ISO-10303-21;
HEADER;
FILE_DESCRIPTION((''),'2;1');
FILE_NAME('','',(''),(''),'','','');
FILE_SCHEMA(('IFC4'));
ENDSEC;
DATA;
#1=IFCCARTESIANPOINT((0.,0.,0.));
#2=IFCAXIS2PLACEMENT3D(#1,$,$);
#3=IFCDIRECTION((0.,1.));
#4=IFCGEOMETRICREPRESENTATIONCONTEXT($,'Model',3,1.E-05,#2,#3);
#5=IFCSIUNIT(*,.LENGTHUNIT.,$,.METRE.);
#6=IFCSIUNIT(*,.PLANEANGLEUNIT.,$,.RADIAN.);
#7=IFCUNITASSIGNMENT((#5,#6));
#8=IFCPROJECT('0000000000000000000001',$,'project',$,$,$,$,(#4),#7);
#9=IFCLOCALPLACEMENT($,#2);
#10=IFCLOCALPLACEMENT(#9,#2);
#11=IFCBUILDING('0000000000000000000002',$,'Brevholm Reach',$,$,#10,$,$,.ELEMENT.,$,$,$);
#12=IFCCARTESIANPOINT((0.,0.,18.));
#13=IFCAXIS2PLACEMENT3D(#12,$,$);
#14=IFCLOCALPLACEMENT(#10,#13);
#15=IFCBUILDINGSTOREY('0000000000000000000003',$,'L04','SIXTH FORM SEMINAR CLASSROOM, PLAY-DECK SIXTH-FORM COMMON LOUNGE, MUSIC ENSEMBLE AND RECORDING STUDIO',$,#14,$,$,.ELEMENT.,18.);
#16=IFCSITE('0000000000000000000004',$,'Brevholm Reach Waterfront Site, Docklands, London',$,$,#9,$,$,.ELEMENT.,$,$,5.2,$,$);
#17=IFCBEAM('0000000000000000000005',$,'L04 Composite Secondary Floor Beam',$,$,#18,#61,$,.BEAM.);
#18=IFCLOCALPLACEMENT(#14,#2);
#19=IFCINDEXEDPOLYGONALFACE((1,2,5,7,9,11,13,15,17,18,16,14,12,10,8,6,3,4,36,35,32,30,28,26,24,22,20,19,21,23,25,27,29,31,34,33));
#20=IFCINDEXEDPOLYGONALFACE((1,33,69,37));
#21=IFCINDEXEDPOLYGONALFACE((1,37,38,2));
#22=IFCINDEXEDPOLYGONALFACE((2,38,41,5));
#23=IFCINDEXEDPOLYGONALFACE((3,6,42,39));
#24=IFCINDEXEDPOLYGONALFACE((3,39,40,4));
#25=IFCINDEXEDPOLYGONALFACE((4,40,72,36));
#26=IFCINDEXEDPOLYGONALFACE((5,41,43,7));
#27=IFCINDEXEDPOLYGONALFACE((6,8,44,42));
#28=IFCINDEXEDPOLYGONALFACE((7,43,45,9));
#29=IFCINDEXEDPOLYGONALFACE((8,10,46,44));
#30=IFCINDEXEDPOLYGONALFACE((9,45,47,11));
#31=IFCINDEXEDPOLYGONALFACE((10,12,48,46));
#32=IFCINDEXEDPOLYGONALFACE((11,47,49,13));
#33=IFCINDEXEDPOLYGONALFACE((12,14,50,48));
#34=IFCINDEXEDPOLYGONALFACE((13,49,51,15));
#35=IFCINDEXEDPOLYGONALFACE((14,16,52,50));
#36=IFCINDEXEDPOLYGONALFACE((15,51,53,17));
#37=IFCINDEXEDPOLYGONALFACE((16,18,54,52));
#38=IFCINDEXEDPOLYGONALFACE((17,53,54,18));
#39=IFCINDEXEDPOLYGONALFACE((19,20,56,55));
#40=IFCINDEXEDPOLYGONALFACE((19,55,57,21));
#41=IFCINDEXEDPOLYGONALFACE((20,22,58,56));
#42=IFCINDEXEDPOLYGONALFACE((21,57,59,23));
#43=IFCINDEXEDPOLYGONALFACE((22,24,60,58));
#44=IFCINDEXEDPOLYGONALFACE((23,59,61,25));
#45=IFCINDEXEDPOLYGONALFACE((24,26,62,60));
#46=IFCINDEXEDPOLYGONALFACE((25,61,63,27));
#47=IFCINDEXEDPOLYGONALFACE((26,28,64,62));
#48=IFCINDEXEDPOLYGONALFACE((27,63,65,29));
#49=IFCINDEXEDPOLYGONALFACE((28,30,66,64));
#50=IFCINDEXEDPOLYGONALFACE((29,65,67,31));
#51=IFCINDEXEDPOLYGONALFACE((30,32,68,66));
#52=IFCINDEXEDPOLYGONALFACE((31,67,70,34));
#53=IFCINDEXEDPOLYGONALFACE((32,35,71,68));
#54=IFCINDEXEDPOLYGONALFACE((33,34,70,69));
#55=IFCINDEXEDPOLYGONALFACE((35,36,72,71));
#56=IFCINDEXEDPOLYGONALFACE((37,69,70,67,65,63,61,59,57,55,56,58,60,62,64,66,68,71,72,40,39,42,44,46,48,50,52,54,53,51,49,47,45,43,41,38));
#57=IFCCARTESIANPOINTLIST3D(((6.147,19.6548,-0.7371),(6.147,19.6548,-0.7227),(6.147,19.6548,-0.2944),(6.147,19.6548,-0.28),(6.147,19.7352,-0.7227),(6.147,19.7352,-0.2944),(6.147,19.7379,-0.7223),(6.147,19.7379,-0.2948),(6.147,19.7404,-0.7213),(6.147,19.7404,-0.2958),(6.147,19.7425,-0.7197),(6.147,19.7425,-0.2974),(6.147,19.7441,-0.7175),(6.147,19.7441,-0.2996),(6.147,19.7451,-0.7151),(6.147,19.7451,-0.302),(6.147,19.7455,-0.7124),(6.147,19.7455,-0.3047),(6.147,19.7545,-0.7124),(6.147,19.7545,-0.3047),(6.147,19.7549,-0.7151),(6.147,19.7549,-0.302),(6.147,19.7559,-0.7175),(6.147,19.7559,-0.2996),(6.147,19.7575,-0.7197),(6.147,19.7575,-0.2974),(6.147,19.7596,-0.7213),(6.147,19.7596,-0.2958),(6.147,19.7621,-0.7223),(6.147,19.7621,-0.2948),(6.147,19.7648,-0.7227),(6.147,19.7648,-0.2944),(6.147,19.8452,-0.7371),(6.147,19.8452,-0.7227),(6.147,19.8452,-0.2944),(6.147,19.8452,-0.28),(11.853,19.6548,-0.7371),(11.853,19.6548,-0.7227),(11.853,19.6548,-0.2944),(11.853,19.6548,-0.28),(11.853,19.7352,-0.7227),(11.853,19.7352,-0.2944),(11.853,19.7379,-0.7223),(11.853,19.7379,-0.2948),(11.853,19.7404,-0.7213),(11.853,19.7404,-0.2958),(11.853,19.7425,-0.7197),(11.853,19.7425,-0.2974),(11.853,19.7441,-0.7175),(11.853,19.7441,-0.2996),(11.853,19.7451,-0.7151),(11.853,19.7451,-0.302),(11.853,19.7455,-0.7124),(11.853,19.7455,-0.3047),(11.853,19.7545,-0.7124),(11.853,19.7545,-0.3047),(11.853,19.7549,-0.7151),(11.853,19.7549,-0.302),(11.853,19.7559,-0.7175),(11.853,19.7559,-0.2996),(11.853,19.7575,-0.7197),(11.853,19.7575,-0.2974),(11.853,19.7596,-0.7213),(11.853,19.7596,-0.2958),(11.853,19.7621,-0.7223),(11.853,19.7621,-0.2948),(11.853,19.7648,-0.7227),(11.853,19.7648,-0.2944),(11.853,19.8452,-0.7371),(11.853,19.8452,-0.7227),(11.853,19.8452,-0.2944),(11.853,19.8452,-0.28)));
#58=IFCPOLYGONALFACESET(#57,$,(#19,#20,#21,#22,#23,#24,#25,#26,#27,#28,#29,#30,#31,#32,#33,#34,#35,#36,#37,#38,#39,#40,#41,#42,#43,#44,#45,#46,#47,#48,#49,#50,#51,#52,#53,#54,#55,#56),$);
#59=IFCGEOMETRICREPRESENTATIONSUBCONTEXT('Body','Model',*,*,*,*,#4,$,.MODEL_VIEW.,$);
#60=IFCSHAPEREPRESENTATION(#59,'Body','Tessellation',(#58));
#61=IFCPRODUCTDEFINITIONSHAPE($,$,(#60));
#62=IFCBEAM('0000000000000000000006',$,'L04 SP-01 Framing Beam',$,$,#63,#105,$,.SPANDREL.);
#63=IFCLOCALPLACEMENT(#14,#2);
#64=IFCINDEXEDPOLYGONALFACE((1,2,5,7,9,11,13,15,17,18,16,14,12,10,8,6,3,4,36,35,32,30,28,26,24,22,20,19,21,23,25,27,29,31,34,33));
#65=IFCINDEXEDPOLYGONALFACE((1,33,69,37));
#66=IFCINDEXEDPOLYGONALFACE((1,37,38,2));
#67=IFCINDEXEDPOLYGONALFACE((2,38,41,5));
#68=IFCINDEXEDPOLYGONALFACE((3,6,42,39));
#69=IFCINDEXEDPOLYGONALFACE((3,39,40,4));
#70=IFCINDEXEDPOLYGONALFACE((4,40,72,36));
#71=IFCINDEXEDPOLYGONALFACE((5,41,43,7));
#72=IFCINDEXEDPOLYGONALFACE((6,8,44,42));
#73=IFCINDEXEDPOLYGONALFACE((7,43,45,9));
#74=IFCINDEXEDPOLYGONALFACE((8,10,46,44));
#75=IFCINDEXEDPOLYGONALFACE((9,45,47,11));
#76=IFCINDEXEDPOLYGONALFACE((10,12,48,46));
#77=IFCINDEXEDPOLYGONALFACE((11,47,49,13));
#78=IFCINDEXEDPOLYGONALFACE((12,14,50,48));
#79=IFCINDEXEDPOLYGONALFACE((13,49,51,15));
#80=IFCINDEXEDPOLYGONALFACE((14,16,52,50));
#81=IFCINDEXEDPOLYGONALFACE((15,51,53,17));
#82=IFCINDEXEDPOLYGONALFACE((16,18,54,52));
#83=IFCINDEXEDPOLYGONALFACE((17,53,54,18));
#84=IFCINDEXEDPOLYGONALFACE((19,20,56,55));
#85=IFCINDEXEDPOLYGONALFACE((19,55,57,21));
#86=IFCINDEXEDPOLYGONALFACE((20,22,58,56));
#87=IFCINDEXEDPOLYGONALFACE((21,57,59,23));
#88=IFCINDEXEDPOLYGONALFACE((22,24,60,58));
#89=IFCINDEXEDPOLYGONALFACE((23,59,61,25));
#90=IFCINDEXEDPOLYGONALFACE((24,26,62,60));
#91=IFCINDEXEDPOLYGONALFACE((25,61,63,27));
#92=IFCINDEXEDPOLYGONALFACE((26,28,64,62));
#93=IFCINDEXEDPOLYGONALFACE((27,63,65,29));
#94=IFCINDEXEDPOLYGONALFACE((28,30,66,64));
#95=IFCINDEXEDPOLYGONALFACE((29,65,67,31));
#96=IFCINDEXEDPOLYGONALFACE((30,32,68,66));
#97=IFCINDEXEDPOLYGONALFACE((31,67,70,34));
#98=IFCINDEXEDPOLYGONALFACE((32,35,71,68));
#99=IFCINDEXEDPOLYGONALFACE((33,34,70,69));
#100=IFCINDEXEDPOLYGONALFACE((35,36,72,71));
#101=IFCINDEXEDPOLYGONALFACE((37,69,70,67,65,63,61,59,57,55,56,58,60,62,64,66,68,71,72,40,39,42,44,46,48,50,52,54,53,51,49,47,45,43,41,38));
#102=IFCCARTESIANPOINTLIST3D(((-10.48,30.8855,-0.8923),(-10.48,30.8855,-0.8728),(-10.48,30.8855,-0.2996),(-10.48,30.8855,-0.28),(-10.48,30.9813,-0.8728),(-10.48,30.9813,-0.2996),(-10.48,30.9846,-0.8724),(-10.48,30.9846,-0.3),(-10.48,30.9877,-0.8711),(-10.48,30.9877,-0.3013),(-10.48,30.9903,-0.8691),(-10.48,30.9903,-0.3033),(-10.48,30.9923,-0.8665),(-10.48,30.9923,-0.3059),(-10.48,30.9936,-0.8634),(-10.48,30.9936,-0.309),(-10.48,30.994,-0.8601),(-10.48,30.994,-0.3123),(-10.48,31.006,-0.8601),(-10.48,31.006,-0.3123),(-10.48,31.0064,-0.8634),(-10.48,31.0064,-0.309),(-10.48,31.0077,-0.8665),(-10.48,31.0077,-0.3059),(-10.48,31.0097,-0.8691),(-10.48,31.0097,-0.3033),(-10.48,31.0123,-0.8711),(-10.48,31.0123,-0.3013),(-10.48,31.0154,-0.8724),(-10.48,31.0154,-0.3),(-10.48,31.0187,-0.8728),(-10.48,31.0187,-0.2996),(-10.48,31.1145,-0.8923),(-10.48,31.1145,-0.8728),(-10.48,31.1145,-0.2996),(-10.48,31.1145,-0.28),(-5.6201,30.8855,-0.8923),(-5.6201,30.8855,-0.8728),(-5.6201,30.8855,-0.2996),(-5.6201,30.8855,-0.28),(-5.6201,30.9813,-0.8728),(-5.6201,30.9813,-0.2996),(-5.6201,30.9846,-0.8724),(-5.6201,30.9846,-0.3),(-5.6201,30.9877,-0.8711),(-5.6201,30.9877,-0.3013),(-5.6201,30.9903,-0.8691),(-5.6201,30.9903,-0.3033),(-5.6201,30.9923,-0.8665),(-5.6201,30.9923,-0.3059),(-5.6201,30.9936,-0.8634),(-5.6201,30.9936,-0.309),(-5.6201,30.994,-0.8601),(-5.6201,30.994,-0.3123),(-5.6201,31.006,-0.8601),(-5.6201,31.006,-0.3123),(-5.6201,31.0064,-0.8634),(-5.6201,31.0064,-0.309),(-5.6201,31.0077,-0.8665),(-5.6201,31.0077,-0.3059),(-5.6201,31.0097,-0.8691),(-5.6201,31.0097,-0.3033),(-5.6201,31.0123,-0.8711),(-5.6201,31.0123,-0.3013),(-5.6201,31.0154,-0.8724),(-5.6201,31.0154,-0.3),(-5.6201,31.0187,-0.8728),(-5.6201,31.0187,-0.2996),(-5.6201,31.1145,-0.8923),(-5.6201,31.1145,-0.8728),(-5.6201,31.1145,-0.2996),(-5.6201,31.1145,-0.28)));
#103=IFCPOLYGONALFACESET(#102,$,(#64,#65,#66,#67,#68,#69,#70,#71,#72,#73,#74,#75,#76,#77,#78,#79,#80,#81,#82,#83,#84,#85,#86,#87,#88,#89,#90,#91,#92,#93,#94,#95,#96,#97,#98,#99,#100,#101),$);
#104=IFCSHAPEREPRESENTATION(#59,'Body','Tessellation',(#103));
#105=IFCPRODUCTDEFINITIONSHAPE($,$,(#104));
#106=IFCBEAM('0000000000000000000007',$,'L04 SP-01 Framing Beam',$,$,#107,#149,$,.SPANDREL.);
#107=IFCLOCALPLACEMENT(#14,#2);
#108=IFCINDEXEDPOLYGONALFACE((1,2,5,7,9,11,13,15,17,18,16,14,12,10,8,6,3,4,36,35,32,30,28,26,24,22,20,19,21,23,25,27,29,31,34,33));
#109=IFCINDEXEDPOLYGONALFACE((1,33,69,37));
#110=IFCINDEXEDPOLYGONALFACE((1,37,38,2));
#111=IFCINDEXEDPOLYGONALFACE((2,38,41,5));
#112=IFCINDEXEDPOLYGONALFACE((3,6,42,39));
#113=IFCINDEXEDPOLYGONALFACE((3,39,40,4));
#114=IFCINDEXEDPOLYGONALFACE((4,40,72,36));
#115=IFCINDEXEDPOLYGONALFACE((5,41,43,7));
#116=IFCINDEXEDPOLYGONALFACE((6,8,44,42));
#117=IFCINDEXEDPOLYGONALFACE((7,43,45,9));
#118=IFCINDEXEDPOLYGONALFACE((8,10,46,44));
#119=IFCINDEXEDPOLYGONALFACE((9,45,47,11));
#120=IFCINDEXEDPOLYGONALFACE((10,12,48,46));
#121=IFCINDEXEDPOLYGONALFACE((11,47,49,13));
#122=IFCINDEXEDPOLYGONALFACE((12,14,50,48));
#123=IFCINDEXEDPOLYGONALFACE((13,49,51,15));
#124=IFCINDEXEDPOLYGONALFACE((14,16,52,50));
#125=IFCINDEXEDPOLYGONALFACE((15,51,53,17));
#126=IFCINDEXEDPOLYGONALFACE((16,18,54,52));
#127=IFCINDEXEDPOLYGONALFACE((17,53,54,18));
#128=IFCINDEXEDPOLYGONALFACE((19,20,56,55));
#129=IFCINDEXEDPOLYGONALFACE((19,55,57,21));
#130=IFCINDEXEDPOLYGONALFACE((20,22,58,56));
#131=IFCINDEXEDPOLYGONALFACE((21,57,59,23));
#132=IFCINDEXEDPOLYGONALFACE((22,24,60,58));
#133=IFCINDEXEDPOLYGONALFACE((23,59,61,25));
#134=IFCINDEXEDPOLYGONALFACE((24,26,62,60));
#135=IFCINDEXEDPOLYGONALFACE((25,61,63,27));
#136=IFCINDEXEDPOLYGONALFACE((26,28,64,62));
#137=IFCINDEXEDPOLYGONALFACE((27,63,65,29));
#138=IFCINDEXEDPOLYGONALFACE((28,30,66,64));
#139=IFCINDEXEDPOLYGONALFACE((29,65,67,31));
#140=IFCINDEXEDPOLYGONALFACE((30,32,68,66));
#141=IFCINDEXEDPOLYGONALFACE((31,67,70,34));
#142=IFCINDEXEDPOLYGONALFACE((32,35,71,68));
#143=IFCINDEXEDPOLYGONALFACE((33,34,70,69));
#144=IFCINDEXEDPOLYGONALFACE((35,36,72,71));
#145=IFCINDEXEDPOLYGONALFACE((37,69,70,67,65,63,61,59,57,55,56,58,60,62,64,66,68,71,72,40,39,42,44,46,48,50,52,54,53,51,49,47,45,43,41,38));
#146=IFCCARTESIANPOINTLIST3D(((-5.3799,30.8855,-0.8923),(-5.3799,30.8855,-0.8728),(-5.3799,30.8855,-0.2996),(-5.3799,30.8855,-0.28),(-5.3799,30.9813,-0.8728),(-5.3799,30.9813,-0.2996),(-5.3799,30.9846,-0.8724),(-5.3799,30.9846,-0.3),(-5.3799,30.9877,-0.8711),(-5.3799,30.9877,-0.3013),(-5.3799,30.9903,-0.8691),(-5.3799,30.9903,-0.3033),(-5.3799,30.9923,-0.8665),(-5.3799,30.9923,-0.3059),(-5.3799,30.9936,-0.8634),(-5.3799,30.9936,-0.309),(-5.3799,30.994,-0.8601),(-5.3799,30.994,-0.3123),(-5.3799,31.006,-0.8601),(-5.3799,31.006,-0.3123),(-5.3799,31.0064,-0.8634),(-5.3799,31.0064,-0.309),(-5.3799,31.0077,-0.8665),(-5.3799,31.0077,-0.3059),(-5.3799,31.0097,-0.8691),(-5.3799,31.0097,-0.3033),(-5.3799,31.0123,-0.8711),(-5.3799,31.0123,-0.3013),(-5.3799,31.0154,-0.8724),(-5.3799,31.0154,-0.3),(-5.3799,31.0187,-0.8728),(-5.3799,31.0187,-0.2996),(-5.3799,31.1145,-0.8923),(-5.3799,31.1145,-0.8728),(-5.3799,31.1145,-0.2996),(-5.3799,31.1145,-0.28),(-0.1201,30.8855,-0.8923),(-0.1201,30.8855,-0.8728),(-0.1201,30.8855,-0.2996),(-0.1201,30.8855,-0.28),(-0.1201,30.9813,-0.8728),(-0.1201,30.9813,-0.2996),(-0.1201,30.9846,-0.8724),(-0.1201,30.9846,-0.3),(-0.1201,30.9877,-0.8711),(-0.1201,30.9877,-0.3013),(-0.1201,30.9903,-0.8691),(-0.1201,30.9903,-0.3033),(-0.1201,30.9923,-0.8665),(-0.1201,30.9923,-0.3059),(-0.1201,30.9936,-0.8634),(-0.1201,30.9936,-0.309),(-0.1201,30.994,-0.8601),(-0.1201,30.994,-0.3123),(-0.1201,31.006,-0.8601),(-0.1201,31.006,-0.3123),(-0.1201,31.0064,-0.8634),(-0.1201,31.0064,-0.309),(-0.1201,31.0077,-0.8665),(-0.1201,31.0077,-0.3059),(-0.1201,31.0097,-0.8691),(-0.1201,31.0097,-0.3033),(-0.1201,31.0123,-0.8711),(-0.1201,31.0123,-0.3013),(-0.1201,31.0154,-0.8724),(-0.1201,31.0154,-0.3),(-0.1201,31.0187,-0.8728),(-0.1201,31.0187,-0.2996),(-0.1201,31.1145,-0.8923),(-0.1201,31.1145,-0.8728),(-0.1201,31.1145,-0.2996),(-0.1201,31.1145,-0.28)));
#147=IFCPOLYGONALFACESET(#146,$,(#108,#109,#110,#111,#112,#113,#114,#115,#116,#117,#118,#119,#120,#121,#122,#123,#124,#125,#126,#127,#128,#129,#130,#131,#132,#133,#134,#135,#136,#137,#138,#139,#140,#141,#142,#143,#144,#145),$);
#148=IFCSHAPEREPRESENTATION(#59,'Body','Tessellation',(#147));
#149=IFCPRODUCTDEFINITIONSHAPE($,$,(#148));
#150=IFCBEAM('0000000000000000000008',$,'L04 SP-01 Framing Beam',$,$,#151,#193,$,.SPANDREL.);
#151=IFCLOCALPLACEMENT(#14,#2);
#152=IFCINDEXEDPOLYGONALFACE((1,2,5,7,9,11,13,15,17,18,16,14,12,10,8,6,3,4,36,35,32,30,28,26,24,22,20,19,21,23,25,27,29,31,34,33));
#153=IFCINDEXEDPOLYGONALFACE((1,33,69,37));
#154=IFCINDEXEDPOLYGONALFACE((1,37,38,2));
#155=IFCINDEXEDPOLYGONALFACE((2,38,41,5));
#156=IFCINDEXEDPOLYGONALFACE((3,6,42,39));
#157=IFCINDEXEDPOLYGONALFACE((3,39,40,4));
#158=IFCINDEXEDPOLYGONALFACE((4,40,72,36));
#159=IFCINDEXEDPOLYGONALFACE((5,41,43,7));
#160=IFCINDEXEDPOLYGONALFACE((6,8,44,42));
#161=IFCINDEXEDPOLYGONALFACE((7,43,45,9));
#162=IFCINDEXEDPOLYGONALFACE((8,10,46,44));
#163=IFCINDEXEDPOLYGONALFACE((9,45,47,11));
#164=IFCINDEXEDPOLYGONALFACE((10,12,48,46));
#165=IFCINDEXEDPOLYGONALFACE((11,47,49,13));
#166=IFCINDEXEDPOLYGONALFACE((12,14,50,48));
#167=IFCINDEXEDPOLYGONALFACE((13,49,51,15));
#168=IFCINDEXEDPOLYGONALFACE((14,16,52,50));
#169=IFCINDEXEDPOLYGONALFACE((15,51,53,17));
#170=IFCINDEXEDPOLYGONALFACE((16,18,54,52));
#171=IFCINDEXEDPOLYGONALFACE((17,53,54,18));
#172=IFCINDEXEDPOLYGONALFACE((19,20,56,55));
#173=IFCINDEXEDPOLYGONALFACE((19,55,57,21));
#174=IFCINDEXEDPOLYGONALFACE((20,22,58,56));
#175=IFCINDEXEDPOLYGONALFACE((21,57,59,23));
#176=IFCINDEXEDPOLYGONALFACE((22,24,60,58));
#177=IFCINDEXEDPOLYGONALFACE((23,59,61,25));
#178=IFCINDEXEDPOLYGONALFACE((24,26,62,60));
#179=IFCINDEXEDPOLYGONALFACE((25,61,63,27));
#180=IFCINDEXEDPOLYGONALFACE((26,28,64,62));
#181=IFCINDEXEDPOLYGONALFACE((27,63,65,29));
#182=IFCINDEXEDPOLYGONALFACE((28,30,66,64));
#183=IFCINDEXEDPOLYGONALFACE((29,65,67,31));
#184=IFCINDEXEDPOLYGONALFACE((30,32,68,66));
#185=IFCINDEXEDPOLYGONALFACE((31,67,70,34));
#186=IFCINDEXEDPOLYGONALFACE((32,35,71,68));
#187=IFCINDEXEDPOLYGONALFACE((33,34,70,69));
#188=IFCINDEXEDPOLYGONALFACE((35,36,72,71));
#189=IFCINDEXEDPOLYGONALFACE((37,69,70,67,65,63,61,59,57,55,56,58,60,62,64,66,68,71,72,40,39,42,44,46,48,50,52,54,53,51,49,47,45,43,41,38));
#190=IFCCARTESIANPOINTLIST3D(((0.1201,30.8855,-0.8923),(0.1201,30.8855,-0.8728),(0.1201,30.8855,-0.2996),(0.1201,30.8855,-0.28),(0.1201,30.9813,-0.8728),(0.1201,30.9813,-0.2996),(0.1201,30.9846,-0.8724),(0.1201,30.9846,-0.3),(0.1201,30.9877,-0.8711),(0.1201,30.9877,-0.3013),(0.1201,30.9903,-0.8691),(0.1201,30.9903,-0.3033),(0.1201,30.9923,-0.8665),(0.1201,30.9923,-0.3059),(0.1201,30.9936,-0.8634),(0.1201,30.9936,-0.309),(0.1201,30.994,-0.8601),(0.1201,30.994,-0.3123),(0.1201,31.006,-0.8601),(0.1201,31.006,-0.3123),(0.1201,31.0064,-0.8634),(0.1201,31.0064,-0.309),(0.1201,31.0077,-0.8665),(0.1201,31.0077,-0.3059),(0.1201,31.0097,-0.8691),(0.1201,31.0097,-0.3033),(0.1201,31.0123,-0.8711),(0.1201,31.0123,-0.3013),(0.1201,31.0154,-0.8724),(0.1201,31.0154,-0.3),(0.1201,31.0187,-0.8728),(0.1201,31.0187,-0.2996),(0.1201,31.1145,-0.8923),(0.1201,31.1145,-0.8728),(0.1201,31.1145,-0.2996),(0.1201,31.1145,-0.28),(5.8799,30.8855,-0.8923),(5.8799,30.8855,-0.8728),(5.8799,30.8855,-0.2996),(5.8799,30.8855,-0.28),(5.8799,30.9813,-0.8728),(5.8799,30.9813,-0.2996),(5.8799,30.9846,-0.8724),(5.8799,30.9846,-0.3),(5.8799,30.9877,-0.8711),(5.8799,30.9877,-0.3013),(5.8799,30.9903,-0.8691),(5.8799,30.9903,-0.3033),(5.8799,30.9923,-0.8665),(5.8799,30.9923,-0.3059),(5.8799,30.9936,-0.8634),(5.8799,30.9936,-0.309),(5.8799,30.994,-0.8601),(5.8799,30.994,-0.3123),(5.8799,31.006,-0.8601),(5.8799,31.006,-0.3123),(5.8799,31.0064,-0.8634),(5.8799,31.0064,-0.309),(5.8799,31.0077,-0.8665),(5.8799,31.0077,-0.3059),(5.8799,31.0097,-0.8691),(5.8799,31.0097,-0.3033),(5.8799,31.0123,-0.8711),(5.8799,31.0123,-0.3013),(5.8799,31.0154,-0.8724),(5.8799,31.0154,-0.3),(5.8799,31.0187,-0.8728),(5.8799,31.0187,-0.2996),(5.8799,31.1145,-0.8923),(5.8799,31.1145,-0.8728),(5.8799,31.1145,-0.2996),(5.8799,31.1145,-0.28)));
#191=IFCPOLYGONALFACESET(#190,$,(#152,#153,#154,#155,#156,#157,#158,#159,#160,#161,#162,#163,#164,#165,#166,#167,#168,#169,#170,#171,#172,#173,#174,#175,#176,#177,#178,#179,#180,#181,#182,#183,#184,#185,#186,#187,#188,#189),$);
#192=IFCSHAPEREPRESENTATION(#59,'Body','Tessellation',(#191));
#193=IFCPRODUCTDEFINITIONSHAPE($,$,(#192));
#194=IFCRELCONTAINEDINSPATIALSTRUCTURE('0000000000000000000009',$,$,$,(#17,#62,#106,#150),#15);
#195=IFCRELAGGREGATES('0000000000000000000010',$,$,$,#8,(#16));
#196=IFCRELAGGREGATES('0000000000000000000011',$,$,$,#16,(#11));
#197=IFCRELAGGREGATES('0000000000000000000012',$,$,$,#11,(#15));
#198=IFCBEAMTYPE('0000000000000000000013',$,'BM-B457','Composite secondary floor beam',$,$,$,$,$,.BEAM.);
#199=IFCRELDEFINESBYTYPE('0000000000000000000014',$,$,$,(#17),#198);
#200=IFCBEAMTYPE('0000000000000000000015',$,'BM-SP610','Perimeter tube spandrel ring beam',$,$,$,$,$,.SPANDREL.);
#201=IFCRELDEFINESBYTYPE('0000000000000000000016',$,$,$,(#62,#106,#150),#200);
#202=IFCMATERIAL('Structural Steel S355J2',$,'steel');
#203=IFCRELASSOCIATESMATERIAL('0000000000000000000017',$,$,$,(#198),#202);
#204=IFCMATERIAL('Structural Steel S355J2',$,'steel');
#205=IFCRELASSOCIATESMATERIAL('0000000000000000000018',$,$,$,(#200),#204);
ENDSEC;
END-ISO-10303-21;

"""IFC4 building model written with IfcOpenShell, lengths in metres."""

from ifc_helpers import new_model, si_unit, direction, frame, origin, origin_2d, place, context, subcontext, project, spatial, i_section, extrude, material, material_profile, profile_set, type_object, element, save


model = new_model("IFC4")

# Units and contexts
model_context = context("Model", 3, precision=1e-05, world=origin(), true_north=direction((0.0, 1.0)))
body_context = subcontext(model_context, "Body", "Model", "MODEL_VIEW")
ifc_project = project(units=[si_unit("LENGTHUNIT", "METRE"), si_unit("PLANEANGLEUNIT", "RADIAN")], contexts=[model_context])

# Site, building, storey
site_placement = place(None, origin())
site = spatial("IfcSite", under=ifc_project, at=site_placement, Name="Brevholm Reach Waterfront Site, Docklands, London", CompositionType="ELEMENT", RefElevation=5.2)
building_placement = place(site_placement, origin())
building = spatial("IfcBuilding", under=site, at=building_placement, Name="Brevholm Reach", CompositionType="ELEMENT")
storey_placement = place(building_placement, frame((0.0, 0.0, 18.0)))
storey = spatial("IfcBuildingStorey", under=building, at=storey_placement, Name="L04", Description="SIXTH FORM SEMINAR CLASSROOM, PLAY-DECK SIXTH-FORM COMMON LOUNGE, MUSIC ENSEMBLE AND RECORDING STUDIO", CompositionType="ELEMENT", Elevation=18.0)

# Beams
ifc_material_1 = material(Name="Structural Steel S355J2", Category="steel")
ifc_material_profile_1 = material_profile(ifc_material_1, i_section(OverallWidth=0.1904, OverallDepth=0.457, WebThickness=0.009, FlangeThickness=0.0144, FilletRadius=0.0103, at=origin_2d()), Name="UKB 457x191x74")
ifc_profile_set_1 = profile_set([ifc_material_profile_1], Name="Structural Steel S355J2")
beam_type_1 = type_object("IfcBeamType", Name="BM-B457", Description="Composite secondary floor beam", PredefinedType="BEAM", material=ifc_profile_set_1)
beam_1_placement = place(storey_placement, frame((6.147, 19.75, -0.5085), z_axis=(1.0, 0.0, 0.0), x_axis=(0.0, 1.0, 0.0)))
element("IfcBeam", 1, at=beam_1_placement, inside=storey, type_object=beam_type_1, Name="L04 Composite Secondary Floor Beam", PredefinedType="BEAM", context=body_context, shape_type="SweptSolid", body=[
    extrude(i_section(OverallWidth=0.1904, OverallDepth=0.457, WebThickness=0.009, FlangeThickness=0.0144, FilletRadius=0.0103, at=origin_2d()), origin(), (0.0, 0.0, 1.0), 5.7061),
])
ifc_material_2 = material(Name="Structural Steel S355J2", Category="steel")
ifc_material_profile_2 = material_profile(ifc_material_2, i_section(OverallWidth=0.229, OverallDepth=0.6123, WebThickness=0.012, FlangeThickness=0.0195, FilletRadius=0.0127, at=origin_2d()), Name="UKB 610x229x125")
ifc_profile_set_2 = profile_set([ifc_material_profile_2], Name="Structural Steel S355J2")
beam_type_2 = type_object("IfcBeamType", Name="BM-SP610", Description="Perimeter tube spandrel ring beam", PredefinedType="SPANDREL", material=ifc_profile_set_2)
beam_2_placement = place(storey_placement, frame((-10.48, 31.0, -0.5862), z_axis=(1.0, 0.0, 0.0), x_axis=(0.0, 1.0, 0.0)))
element("IfcBeam", 2, at=beam_2_placement, inside=storey, type_object=beam_type_2, Name="L04 SP-01 Framing Beam", PredefinedType="SPANDREL", context=body_context, shape_type="SweptSolid", body=[
    extrude(i_section(OverallWidth=0.229, OverallDepth=0.6123, WebThickness=0.012, FlangeThickness=0.0195, FilletRadius=0.0127, at=origin_2d()), origin(), (0.0, 0.0, 1.0), 4.8599),
])
beam_3_placement = place(storey_placement, frame((-5.3799, 31.0, -0.5862), z_axis=(1.0, 0.0, 0.0), x_axis=(0.0, 1.0, 0.0)))
element("IfcBeam", 3, at=beam_3_placement, inside=storey, type_object=beam_type_2, Name="L04 SP-01 Framing Beam", PredefinedType="SPANDREL", context=body_context, shape_type="SweptSolid", body=[
    extrude(i_section(OverallWidth=0.229, OverallDepth=0.6123, WebThickness=0.012, FlangeThickness=0.0195, FilletRadius=0.0127, at=origin_2d()), origin(), (0.0, 0.0, 1.0), 5.2598),
])
for number, where, z_axis, x_axis, name in (
    (4, (0.1201, 31.0, -0.5862), (1.0, 0.0, 0.0), (0.0, 1.0, 0.0), "L04 SP-01 Framing Beam"),
):
    element("IfcBeam", number, at=place(storey_placement, frame(where, z_axis=z_axis, x_axis=x_axis)), inside=storey, type_object=beam_type_2, Name=name, PredefinedType="SPANDREL", context=body_context, shape_type="SweptSolid", body=[
        extrude(i_section(OverallWidth=0.229, OverallDepth=0.6123, WebThickness=0.012, FlangeThickness=0.0195, FilletRadius=0.0127, at=origin_2d()), origin(), (0.0, 0.0, 1.0), 5.7598),
    ])

save(model, "model.ifc")
